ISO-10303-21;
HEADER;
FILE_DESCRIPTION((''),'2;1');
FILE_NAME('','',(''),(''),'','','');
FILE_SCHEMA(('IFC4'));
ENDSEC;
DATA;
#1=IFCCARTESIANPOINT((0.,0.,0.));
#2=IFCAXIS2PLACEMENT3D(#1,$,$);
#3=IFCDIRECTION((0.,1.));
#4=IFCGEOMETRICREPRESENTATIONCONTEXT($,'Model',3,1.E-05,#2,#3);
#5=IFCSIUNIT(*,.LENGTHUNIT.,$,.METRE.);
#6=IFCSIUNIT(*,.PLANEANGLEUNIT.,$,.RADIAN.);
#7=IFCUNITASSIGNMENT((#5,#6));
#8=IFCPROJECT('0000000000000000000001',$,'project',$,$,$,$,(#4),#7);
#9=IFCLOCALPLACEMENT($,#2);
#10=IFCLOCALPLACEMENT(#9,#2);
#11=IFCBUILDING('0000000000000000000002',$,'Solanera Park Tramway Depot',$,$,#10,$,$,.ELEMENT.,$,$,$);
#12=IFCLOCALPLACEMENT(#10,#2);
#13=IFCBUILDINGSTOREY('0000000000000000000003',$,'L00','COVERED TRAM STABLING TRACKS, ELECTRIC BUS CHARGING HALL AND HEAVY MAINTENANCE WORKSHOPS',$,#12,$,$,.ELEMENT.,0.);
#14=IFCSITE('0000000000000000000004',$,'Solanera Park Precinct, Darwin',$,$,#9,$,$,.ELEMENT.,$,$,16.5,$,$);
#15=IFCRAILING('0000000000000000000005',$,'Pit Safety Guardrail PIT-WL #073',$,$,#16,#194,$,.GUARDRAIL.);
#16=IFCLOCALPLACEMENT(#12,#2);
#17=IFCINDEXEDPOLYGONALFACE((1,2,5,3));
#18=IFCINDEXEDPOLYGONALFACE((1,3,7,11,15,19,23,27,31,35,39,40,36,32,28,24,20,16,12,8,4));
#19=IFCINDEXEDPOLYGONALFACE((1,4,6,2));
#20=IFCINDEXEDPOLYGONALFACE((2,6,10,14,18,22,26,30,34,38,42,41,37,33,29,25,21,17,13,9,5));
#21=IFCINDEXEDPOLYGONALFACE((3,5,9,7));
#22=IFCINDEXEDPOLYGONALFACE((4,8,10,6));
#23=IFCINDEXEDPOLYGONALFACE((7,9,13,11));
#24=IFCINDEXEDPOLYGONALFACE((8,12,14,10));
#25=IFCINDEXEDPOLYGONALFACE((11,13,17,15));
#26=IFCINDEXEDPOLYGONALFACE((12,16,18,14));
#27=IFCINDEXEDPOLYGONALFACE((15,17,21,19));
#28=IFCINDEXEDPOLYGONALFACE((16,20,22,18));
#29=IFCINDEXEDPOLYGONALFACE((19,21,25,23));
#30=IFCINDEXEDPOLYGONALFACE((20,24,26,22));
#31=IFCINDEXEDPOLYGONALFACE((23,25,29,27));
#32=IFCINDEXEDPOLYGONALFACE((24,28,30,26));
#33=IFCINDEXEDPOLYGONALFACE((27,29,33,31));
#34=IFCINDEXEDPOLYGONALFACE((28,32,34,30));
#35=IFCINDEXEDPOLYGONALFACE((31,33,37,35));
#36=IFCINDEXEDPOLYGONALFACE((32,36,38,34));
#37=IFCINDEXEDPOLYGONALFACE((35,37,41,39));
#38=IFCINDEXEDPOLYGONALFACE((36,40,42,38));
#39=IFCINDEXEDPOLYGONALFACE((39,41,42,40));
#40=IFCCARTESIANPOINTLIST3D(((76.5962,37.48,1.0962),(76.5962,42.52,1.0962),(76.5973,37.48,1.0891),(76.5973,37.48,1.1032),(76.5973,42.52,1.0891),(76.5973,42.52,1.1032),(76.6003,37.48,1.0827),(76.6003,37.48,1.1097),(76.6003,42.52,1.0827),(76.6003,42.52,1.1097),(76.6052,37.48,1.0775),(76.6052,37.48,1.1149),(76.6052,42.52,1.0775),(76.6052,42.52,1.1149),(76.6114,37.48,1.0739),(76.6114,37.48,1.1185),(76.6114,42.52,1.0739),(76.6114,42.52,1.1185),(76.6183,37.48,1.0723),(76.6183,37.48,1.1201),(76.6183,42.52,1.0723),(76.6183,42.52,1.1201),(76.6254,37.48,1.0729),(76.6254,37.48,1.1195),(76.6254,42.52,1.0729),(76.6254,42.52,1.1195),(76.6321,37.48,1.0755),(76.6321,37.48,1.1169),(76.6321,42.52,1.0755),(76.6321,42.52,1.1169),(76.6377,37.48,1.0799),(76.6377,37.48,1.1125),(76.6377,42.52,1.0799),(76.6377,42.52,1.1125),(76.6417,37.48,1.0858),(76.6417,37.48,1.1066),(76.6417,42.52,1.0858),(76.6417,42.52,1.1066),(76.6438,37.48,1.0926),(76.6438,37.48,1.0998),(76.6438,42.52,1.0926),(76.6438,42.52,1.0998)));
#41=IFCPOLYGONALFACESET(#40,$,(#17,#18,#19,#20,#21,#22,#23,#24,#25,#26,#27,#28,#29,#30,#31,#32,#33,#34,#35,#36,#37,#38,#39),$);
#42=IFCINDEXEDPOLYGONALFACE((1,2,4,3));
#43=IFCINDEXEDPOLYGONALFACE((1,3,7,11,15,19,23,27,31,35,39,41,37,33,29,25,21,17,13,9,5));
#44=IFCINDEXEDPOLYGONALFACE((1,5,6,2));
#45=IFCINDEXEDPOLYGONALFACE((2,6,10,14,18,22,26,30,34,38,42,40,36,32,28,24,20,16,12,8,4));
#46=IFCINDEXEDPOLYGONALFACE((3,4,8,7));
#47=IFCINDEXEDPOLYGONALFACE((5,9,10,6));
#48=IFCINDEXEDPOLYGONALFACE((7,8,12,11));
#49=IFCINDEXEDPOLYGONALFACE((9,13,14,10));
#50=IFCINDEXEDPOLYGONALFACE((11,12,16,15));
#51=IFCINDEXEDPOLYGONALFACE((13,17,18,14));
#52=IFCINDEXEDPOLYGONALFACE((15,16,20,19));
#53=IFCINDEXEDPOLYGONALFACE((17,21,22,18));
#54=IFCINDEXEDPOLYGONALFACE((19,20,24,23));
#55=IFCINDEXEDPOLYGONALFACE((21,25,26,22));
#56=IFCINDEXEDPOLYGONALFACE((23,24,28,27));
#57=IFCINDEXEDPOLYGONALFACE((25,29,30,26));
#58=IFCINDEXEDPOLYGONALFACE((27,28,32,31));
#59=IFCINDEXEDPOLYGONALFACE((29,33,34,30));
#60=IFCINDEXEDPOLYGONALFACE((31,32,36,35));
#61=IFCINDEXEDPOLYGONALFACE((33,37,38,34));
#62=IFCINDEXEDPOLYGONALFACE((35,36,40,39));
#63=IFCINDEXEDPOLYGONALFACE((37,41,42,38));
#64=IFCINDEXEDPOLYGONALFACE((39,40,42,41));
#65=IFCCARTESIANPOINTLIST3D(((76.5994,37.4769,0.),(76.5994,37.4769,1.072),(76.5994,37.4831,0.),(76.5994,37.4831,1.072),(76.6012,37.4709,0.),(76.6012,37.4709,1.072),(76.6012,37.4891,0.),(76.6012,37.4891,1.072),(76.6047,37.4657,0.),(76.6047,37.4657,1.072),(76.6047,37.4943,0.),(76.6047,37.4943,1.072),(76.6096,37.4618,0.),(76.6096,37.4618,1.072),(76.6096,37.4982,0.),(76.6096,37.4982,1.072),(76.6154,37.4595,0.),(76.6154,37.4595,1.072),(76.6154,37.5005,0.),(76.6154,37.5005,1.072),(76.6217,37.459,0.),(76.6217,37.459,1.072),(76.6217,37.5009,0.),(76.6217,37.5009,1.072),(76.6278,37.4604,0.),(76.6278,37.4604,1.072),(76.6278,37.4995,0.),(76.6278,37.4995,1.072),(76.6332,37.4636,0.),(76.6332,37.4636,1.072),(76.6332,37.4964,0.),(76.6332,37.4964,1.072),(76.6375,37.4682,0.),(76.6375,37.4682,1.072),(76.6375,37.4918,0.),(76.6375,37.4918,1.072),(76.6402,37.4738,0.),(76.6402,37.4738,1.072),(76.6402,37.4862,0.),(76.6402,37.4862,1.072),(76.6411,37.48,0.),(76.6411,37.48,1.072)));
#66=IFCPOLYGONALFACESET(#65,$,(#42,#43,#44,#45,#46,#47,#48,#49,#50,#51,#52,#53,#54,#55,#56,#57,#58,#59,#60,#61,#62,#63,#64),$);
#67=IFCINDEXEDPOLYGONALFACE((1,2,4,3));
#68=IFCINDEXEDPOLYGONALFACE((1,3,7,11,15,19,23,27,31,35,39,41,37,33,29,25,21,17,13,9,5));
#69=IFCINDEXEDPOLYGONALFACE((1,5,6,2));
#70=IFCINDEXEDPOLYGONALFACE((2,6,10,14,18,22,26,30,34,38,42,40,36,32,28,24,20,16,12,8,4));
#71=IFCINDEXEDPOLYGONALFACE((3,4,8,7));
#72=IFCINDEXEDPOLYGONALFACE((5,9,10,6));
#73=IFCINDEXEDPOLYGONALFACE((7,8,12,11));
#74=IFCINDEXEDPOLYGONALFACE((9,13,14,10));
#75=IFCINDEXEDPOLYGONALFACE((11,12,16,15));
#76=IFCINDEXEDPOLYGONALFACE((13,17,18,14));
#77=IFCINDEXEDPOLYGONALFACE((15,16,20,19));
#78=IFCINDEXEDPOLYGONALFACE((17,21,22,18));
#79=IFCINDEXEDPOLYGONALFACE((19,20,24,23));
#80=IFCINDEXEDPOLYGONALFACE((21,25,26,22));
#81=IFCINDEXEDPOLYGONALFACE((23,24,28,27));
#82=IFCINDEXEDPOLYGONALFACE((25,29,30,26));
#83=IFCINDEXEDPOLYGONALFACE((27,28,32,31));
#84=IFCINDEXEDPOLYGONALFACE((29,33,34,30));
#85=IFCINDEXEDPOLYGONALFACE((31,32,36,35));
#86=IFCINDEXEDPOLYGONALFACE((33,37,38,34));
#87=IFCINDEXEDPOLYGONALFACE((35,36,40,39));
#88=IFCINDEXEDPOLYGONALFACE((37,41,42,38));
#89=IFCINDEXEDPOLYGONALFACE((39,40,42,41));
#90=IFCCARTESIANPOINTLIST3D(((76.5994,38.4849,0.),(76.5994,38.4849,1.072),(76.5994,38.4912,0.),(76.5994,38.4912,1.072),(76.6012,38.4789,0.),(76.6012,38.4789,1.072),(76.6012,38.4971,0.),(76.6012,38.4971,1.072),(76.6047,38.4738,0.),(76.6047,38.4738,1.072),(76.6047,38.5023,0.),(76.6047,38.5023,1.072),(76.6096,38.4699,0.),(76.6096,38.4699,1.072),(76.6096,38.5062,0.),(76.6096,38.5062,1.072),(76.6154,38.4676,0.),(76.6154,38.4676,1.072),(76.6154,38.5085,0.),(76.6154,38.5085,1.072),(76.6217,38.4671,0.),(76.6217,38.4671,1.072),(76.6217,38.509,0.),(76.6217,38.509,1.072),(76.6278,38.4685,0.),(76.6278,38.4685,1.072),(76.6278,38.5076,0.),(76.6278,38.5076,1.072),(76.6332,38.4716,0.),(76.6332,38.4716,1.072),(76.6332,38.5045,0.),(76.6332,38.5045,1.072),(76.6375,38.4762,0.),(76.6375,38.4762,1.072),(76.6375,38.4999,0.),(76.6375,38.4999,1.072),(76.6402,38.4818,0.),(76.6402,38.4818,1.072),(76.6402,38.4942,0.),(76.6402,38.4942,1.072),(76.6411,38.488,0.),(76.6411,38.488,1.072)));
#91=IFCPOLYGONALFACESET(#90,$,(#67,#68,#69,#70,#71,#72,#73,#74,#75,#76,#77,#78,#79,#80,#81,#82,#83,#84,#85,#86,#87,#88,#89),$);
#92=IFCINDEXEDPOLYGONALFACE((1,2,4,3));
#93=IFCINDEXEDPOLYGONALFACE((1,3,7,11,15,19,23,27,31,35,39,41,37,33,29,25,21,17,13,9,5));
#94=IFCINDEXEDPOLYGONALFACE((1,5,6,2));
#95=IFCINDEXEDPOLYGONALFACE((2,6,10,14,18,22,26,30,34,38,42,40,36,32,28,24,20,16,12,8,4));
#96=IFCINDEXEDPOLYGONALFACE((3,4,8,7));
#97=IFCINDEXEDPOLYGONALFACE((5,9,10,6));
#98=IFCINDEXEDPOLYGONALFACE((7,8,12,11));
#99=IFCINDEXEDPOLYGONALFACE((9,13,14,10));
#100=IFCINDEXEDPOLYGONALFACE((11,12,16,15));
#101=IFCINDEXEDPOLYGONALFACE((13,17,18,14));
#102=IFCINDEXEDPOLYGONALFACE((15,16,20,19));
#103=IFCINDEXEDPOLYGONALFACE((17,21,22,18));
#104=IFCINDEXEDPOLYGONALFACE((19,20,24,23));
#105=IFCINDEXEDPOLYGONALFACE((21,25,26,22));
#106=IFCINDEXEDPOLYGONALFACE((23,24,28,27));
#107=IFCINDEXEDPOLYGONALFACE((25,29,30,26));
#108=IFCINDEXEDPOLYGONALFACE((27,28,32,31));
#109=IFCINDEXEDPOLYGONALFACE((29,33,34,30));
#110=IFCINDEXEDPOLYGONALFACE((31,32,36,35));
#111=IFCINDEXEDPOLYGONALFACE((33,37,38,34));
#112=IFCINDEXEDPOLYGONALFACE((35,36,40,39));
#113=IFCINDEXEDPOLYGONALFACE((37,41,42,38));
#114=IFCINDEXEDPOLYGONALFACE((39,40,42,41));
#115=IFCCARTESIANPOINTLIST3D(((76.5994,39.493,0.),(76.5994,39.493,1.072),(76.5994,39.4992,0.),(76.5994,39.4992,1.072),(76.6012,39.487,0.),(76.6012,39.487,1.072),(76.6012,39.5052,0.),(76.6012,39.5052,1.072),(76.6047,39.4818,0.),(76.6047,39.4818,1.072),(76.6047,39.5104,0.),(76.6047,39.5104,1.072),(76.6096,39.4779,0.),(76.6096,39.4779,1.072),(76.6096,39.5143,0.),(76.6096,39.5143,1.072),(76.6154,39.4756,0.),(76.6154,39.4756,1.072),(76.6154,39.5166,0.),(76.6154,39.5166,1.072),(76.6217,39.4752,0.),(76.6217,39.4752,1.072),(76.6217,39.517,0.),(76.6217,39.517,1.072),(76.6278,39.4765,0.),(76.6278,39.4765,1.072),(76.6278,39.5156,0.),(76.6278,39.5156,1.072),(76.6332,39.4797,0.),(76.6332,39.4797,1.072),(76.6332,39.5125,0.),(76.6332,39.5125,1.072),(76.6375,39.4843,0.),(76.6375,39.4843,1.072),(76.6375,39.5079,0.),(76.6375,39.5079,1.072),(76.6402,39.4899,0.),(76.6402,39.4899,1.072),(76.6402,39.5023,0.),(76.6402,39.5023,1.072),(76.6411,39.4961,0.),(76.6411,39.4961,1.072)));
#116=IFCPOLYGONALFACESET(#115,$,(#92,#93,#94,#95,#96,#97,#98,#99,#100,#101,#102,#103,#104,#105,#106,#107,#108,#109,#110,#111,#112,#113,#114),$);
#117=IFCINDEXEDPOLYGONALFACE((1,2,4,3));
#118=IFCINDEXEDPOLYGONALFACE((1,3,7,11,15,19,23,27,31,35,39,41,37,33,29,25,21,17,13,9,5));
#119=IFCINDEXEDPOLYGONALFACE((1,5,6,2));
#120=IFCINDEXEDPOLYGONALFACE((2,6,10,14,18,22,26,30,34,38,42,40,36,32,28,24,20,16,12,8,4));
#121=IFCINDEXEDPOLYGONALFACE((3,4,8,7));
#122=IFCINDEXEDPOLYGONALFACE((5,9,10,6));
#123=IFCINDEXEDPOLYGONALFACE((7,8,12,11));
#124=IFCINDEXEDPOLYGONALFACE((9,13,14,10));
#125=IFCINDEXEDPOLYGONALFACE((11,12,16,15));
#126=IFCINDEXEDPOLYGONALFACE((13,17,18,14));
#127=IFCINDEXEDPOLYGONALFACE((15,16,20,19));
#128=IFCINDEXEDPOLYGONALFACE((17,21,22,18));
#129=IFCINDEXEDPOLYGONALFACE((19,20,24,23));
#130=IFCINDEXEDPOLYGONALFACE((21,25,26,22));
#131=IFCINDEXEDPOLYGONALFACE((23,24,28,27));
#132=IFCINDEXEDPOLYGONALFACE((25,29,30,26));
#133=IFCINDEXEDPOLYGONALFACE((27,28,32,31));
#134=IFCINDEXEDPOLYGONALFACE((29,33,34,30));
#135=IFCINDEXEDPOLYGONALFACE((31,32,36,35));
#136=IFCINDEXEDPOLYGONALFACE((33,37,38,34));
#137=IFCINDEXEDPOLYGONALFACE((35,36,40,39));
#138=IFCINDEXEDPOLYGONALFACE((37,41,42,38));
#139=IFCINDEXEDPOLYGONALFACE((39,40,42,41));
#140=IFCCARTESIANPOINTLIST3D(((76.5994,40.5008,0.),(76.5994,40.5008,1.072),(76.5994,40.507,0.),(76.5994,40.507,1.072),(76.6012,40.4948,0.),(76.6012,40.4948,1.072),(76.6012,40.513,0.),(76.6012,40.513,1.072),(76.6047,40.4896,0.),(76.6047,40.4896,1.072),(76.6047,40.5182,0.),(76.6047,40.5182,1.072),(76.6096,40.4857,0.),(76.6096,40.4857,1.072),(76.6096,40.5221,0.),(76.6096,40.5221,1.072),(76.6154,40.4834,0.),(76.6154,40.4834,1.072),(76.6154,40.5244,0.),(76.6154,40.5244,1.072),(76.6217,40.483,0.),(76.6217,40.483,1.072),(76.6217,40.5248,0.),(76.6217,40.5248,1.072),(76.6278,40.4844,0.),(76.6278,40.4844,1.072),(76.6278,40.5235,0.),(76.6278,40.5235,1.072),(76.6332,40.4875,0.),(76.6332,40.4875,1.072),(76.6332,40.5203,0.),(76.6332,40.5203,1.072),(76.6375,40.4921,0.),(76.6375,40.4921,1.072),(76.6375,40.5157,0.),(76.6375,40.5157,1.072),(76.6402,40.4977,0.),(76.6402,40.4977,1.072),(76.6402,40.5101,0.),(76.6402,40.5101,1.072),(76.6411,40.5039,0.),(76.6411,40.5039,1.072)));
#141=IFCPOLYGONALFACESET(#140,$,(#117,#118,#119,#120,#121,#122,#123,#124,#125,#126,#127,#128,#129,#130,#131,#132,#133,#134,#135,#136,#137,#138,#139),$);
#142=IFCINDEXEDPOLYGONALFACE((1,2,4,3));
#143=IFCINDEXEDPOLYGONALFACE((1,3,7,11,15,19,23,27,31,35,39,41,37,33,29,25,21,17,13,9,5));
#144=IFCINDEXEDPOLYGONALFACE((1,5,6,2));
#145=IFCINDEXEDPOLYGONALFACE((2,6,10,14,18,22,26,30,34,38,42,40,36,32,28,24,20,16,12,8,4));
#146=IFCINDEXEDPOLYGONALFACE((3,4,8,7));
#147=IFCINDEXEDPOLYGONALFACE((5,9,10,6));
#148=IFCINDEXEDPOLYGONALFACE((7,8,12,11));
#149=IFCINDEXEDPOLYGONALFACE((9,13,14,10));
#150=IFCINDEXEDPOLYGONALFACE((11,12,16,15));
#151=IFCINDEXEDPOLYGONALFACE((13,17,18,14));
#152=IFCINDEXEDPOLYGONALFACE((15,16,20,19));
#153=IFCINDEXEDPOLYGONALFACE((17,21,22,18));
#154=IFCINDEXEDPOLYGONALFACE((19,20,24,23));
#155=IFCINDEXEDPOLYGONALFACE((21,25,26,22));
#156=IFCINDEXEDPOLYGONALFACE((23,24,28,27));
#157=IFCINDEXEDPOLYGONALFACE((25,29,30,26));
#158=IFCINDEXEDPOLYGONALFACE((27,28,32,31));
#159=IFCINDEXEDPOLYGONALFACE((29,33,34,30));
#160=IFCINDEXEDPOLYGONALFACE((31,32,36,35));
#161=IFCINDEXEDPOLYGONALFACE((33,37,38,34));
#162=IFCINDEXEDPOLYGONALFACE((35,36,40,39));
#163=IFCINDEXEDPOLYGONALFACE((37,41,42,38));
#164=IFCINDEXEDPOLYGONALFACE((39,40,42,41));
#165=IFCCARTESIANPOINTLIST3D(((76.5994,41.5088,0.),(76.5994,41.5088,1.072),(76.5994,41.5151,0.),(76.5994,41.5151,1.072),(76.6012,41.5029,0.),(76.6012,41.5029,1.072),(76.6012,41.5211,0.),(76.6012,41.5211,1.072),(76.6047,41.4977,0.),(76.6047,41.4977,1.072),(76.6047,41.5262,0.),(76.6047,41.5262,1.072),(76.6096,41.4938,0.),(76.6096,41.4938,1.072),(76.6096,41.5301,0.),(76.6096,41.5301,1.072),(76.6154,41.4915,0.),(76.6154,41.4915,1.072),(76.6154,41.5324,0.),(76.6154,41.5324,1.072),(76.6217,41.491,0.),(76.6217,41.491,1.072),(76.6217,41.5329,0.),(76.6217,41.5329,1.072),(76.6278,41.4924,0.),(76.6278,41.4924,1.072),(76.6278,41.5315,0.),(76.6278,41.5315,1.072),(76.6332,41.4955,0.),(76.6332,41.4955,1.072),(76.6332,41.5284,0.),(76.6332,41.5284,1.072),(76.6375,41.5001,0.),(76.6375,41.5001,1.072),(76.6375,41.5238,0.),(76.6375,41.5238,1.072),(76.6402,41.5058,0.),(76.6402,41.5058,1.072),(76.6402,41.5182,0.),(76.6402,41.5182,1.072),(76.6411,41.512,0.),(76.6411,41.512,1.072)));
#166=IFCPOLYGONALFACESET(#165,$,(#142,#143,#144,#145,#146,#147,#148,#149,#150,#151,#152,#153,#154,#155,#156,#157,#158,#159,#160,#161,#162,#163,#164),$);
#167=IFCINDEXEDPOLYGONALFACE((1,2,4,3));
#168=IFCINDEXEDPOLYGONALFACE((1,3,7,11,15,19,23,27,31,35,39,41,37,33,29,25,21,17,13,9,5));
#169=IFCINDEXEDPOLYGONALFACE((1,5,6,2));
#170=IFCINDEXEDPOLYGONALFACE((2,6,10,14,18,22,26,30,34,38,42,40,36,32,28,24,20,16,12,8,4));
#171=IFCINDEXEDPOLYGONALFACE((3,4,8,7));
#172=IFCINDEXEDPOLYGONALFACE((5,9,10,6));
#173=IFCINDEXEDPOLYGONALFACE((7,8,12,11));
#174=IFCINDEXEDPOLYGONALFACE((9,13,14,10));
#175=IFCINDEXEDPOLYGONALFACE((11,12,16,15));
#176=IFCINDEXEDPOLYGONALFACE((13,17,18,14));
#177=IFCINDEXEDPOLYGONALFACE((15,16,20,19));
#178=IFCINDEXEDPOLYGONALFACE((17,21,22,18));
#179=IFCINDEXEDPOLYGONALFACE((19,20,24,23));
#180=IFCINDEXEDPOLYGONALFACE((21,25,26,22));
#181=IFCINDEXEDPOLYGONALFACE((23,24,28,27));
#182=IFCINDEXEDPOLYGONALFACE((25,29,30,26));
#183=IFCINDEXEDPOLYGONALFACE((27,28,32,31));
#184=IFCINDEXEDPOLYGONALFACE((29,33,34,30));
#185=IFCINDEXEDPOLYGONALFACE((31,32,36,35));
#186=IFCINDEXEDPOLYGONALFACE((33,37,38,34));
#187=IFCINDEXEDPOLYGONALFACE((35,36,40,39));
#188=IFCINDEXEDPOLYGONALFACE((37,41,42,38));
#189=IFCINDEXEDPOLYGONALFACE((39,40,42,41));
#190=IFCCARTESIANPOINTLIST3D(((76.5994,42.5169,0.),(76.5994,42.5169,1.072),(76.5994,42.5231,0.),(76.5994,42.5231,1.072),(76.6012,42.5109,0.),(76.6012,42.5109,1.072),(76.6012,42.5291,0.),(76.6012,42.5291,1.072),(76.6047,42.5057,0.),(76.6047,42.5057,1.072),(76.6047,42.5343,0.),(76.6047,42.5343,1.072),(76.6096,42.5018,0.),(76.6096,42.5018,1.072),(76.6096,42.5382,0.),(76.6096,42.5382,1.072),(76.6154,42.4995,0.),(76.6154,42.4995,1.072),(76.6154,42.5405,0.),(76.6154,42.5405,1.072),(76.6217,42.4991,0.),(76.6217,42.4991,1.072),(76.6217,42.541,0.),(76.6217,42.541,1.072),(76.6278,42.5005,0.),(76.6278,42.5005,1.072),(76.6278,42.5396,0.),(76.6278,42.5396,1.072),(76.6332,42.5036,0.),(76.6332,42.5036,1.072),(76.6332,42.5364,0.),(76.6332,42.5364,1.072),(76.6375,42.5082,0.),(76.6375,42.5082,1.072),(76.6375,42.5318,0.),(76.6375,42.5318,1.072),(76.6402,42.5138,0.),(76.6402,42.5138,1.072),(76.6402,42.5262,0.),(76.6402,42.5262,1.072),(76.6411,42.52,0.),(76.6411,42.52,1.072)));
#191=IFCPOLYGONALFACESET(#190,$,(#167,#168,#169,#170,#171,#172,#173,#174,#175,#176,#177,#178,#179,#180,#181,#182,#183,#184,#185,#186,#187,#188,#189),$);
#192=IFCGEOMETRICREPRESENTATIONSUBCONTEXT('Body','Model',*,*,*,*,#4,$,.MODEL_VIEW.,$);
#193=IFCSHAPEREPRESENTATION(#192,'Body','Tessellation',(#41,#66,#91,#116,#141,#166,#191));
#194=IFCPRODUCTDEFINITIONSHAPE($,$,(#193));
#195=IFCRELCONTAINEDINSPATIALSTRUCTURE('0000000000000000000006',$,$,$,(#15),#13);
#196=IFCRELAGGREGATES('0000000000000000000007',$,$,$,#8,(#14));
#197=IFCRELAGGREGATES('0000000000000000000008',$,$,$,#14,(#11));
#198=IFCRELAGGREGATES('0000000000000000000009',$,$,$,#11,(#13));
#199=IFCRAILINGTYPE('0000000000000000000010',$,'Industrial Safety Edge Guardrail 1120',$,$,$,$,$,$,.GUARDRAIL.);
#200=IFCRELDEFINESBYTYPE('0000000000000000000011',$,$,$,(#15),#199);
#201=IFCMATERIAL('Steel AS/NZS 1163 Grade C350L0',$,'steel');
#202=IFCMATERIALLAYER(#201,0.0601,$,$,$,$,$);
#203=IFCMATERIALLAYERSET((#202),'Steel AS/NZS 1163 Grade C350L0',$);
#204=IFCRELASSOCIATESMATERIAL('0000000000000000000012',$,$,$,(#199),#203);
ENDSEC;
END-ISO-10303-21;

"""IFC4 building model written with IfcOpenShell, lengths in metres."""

from ifc_helpers import new_model, si_unit, direction, frame, origin, origin_2d, place, context, subcontext, project, spatial, circle, extrude, material, layer, layer_set, type_object, element, save


model = new_model("IFC4")

# Units and contexts
model_context = context("Model", 3, precision=1e-05, world=origin(), true_north=direction((0.0, 1.0)))
body_context = subcontext(model_context, "Body", "Model", "MODEL_VIEW")
ifc_project = project(units=[si_unit("LENGTHUNIT", "METRE"), si_unit("PLANEANGLEUNIT", "RADIAN")], contexts=[model_context])

# Site, building, storey
site_placement = place(None, origin())
site = spatial("IfcSite", under=ifc_project, at=site_placement, Name="Solanera Park Precinct, Darwin", CompositionType="ELEMENT", RefElevation=16.5)
building_placement = place(site_placement, origin())
building = spatial("IfcBuilding", under=site, at=building_placement, Name="Solanera Park Tramway Depot", CompositionType="ELEMENT")
storey_placement = place(building_placement, origin())
storey = spatial("IfcBuildingStorey", under=building, at=storey_placement, Name="L00", Description="COVERED TRAM STABLING TRACKS, ELECTRIC BUS CHARGING HALL AND HEAVY MAINTENANCE WORKSHOPS", CompositionType="ELEMENT", Elevation=0.0)

# Railing
ifc_material_1 = material(Name="Steel AS/NZS 1163 Grade C350L0", Category="steel")
ifc_layer_1 = layer(ifc_material_1, 0.0601)
ifc_layer_set_1 = layer_set([ifc_layer_1], Name="Steel AS/NZS 1163 Grade C350L0")
railing_type = type_object("IfcRailingType", Name="Industrial Safety Edge Guardrail 1120", PredefinedType="GUARDRAIL", material=ifc_layer_set_1)
railing_1_placement = place(storey_placement, frame((76.6201, 37.48, 0.0)))
element("IfcRailing", 1, at=railing_1_placement, inside=storey, type_object=railing_type, Name="Pit Safety Guardrail PIT-WL #073", PredefinedType="GUARDRAIL", context=body_context, shape_type="SweptSolid", body=[
    extrude(circle(Radius=0.0239, at=origin_2d()), frame((0.0, 0.0, 1.0962), z_axis=(0.0, 1.0, 0.0), x_axis=(-1.0, 0.0, 0.0)), (0.0, 0.0, 1.0), 5.04),
    extrude(circle(Radius=0.021, at=origin_2d()), origin(), (0.0, 0.0, 1.0), 1.072),
    extrude(circle(Radius=0.021, at=origin_2d()), frame((0.0, 1.0081, 0.0)), (0.0, 0.0, 1.0), 1.072),
    extrude(circle(Radius=0.021, at=origin_2d()), frame((0.0, 2.0161, 0.0)), (0.0, 0.0, 1.0), 1.072),
    extrude(circle(Radius=0.021, at=origin_2d()), frame((0.0, 3.0239, 0.0)), (0.0, 0.0, 1.0), 1.072),
    extrude(circle(Radius=0.021, at=origin_2d()), frame((0.0, 4.032, 0.0)), (0.0, 0.0, 1.0), 1.072),
    extrude(circle(Radius=0.021, at=origin_2d()), frame((0.0, 5.04, 0.0)), (0.0, 0.0, 1.0), 1.072),
])

save(model, "model.ifc")
